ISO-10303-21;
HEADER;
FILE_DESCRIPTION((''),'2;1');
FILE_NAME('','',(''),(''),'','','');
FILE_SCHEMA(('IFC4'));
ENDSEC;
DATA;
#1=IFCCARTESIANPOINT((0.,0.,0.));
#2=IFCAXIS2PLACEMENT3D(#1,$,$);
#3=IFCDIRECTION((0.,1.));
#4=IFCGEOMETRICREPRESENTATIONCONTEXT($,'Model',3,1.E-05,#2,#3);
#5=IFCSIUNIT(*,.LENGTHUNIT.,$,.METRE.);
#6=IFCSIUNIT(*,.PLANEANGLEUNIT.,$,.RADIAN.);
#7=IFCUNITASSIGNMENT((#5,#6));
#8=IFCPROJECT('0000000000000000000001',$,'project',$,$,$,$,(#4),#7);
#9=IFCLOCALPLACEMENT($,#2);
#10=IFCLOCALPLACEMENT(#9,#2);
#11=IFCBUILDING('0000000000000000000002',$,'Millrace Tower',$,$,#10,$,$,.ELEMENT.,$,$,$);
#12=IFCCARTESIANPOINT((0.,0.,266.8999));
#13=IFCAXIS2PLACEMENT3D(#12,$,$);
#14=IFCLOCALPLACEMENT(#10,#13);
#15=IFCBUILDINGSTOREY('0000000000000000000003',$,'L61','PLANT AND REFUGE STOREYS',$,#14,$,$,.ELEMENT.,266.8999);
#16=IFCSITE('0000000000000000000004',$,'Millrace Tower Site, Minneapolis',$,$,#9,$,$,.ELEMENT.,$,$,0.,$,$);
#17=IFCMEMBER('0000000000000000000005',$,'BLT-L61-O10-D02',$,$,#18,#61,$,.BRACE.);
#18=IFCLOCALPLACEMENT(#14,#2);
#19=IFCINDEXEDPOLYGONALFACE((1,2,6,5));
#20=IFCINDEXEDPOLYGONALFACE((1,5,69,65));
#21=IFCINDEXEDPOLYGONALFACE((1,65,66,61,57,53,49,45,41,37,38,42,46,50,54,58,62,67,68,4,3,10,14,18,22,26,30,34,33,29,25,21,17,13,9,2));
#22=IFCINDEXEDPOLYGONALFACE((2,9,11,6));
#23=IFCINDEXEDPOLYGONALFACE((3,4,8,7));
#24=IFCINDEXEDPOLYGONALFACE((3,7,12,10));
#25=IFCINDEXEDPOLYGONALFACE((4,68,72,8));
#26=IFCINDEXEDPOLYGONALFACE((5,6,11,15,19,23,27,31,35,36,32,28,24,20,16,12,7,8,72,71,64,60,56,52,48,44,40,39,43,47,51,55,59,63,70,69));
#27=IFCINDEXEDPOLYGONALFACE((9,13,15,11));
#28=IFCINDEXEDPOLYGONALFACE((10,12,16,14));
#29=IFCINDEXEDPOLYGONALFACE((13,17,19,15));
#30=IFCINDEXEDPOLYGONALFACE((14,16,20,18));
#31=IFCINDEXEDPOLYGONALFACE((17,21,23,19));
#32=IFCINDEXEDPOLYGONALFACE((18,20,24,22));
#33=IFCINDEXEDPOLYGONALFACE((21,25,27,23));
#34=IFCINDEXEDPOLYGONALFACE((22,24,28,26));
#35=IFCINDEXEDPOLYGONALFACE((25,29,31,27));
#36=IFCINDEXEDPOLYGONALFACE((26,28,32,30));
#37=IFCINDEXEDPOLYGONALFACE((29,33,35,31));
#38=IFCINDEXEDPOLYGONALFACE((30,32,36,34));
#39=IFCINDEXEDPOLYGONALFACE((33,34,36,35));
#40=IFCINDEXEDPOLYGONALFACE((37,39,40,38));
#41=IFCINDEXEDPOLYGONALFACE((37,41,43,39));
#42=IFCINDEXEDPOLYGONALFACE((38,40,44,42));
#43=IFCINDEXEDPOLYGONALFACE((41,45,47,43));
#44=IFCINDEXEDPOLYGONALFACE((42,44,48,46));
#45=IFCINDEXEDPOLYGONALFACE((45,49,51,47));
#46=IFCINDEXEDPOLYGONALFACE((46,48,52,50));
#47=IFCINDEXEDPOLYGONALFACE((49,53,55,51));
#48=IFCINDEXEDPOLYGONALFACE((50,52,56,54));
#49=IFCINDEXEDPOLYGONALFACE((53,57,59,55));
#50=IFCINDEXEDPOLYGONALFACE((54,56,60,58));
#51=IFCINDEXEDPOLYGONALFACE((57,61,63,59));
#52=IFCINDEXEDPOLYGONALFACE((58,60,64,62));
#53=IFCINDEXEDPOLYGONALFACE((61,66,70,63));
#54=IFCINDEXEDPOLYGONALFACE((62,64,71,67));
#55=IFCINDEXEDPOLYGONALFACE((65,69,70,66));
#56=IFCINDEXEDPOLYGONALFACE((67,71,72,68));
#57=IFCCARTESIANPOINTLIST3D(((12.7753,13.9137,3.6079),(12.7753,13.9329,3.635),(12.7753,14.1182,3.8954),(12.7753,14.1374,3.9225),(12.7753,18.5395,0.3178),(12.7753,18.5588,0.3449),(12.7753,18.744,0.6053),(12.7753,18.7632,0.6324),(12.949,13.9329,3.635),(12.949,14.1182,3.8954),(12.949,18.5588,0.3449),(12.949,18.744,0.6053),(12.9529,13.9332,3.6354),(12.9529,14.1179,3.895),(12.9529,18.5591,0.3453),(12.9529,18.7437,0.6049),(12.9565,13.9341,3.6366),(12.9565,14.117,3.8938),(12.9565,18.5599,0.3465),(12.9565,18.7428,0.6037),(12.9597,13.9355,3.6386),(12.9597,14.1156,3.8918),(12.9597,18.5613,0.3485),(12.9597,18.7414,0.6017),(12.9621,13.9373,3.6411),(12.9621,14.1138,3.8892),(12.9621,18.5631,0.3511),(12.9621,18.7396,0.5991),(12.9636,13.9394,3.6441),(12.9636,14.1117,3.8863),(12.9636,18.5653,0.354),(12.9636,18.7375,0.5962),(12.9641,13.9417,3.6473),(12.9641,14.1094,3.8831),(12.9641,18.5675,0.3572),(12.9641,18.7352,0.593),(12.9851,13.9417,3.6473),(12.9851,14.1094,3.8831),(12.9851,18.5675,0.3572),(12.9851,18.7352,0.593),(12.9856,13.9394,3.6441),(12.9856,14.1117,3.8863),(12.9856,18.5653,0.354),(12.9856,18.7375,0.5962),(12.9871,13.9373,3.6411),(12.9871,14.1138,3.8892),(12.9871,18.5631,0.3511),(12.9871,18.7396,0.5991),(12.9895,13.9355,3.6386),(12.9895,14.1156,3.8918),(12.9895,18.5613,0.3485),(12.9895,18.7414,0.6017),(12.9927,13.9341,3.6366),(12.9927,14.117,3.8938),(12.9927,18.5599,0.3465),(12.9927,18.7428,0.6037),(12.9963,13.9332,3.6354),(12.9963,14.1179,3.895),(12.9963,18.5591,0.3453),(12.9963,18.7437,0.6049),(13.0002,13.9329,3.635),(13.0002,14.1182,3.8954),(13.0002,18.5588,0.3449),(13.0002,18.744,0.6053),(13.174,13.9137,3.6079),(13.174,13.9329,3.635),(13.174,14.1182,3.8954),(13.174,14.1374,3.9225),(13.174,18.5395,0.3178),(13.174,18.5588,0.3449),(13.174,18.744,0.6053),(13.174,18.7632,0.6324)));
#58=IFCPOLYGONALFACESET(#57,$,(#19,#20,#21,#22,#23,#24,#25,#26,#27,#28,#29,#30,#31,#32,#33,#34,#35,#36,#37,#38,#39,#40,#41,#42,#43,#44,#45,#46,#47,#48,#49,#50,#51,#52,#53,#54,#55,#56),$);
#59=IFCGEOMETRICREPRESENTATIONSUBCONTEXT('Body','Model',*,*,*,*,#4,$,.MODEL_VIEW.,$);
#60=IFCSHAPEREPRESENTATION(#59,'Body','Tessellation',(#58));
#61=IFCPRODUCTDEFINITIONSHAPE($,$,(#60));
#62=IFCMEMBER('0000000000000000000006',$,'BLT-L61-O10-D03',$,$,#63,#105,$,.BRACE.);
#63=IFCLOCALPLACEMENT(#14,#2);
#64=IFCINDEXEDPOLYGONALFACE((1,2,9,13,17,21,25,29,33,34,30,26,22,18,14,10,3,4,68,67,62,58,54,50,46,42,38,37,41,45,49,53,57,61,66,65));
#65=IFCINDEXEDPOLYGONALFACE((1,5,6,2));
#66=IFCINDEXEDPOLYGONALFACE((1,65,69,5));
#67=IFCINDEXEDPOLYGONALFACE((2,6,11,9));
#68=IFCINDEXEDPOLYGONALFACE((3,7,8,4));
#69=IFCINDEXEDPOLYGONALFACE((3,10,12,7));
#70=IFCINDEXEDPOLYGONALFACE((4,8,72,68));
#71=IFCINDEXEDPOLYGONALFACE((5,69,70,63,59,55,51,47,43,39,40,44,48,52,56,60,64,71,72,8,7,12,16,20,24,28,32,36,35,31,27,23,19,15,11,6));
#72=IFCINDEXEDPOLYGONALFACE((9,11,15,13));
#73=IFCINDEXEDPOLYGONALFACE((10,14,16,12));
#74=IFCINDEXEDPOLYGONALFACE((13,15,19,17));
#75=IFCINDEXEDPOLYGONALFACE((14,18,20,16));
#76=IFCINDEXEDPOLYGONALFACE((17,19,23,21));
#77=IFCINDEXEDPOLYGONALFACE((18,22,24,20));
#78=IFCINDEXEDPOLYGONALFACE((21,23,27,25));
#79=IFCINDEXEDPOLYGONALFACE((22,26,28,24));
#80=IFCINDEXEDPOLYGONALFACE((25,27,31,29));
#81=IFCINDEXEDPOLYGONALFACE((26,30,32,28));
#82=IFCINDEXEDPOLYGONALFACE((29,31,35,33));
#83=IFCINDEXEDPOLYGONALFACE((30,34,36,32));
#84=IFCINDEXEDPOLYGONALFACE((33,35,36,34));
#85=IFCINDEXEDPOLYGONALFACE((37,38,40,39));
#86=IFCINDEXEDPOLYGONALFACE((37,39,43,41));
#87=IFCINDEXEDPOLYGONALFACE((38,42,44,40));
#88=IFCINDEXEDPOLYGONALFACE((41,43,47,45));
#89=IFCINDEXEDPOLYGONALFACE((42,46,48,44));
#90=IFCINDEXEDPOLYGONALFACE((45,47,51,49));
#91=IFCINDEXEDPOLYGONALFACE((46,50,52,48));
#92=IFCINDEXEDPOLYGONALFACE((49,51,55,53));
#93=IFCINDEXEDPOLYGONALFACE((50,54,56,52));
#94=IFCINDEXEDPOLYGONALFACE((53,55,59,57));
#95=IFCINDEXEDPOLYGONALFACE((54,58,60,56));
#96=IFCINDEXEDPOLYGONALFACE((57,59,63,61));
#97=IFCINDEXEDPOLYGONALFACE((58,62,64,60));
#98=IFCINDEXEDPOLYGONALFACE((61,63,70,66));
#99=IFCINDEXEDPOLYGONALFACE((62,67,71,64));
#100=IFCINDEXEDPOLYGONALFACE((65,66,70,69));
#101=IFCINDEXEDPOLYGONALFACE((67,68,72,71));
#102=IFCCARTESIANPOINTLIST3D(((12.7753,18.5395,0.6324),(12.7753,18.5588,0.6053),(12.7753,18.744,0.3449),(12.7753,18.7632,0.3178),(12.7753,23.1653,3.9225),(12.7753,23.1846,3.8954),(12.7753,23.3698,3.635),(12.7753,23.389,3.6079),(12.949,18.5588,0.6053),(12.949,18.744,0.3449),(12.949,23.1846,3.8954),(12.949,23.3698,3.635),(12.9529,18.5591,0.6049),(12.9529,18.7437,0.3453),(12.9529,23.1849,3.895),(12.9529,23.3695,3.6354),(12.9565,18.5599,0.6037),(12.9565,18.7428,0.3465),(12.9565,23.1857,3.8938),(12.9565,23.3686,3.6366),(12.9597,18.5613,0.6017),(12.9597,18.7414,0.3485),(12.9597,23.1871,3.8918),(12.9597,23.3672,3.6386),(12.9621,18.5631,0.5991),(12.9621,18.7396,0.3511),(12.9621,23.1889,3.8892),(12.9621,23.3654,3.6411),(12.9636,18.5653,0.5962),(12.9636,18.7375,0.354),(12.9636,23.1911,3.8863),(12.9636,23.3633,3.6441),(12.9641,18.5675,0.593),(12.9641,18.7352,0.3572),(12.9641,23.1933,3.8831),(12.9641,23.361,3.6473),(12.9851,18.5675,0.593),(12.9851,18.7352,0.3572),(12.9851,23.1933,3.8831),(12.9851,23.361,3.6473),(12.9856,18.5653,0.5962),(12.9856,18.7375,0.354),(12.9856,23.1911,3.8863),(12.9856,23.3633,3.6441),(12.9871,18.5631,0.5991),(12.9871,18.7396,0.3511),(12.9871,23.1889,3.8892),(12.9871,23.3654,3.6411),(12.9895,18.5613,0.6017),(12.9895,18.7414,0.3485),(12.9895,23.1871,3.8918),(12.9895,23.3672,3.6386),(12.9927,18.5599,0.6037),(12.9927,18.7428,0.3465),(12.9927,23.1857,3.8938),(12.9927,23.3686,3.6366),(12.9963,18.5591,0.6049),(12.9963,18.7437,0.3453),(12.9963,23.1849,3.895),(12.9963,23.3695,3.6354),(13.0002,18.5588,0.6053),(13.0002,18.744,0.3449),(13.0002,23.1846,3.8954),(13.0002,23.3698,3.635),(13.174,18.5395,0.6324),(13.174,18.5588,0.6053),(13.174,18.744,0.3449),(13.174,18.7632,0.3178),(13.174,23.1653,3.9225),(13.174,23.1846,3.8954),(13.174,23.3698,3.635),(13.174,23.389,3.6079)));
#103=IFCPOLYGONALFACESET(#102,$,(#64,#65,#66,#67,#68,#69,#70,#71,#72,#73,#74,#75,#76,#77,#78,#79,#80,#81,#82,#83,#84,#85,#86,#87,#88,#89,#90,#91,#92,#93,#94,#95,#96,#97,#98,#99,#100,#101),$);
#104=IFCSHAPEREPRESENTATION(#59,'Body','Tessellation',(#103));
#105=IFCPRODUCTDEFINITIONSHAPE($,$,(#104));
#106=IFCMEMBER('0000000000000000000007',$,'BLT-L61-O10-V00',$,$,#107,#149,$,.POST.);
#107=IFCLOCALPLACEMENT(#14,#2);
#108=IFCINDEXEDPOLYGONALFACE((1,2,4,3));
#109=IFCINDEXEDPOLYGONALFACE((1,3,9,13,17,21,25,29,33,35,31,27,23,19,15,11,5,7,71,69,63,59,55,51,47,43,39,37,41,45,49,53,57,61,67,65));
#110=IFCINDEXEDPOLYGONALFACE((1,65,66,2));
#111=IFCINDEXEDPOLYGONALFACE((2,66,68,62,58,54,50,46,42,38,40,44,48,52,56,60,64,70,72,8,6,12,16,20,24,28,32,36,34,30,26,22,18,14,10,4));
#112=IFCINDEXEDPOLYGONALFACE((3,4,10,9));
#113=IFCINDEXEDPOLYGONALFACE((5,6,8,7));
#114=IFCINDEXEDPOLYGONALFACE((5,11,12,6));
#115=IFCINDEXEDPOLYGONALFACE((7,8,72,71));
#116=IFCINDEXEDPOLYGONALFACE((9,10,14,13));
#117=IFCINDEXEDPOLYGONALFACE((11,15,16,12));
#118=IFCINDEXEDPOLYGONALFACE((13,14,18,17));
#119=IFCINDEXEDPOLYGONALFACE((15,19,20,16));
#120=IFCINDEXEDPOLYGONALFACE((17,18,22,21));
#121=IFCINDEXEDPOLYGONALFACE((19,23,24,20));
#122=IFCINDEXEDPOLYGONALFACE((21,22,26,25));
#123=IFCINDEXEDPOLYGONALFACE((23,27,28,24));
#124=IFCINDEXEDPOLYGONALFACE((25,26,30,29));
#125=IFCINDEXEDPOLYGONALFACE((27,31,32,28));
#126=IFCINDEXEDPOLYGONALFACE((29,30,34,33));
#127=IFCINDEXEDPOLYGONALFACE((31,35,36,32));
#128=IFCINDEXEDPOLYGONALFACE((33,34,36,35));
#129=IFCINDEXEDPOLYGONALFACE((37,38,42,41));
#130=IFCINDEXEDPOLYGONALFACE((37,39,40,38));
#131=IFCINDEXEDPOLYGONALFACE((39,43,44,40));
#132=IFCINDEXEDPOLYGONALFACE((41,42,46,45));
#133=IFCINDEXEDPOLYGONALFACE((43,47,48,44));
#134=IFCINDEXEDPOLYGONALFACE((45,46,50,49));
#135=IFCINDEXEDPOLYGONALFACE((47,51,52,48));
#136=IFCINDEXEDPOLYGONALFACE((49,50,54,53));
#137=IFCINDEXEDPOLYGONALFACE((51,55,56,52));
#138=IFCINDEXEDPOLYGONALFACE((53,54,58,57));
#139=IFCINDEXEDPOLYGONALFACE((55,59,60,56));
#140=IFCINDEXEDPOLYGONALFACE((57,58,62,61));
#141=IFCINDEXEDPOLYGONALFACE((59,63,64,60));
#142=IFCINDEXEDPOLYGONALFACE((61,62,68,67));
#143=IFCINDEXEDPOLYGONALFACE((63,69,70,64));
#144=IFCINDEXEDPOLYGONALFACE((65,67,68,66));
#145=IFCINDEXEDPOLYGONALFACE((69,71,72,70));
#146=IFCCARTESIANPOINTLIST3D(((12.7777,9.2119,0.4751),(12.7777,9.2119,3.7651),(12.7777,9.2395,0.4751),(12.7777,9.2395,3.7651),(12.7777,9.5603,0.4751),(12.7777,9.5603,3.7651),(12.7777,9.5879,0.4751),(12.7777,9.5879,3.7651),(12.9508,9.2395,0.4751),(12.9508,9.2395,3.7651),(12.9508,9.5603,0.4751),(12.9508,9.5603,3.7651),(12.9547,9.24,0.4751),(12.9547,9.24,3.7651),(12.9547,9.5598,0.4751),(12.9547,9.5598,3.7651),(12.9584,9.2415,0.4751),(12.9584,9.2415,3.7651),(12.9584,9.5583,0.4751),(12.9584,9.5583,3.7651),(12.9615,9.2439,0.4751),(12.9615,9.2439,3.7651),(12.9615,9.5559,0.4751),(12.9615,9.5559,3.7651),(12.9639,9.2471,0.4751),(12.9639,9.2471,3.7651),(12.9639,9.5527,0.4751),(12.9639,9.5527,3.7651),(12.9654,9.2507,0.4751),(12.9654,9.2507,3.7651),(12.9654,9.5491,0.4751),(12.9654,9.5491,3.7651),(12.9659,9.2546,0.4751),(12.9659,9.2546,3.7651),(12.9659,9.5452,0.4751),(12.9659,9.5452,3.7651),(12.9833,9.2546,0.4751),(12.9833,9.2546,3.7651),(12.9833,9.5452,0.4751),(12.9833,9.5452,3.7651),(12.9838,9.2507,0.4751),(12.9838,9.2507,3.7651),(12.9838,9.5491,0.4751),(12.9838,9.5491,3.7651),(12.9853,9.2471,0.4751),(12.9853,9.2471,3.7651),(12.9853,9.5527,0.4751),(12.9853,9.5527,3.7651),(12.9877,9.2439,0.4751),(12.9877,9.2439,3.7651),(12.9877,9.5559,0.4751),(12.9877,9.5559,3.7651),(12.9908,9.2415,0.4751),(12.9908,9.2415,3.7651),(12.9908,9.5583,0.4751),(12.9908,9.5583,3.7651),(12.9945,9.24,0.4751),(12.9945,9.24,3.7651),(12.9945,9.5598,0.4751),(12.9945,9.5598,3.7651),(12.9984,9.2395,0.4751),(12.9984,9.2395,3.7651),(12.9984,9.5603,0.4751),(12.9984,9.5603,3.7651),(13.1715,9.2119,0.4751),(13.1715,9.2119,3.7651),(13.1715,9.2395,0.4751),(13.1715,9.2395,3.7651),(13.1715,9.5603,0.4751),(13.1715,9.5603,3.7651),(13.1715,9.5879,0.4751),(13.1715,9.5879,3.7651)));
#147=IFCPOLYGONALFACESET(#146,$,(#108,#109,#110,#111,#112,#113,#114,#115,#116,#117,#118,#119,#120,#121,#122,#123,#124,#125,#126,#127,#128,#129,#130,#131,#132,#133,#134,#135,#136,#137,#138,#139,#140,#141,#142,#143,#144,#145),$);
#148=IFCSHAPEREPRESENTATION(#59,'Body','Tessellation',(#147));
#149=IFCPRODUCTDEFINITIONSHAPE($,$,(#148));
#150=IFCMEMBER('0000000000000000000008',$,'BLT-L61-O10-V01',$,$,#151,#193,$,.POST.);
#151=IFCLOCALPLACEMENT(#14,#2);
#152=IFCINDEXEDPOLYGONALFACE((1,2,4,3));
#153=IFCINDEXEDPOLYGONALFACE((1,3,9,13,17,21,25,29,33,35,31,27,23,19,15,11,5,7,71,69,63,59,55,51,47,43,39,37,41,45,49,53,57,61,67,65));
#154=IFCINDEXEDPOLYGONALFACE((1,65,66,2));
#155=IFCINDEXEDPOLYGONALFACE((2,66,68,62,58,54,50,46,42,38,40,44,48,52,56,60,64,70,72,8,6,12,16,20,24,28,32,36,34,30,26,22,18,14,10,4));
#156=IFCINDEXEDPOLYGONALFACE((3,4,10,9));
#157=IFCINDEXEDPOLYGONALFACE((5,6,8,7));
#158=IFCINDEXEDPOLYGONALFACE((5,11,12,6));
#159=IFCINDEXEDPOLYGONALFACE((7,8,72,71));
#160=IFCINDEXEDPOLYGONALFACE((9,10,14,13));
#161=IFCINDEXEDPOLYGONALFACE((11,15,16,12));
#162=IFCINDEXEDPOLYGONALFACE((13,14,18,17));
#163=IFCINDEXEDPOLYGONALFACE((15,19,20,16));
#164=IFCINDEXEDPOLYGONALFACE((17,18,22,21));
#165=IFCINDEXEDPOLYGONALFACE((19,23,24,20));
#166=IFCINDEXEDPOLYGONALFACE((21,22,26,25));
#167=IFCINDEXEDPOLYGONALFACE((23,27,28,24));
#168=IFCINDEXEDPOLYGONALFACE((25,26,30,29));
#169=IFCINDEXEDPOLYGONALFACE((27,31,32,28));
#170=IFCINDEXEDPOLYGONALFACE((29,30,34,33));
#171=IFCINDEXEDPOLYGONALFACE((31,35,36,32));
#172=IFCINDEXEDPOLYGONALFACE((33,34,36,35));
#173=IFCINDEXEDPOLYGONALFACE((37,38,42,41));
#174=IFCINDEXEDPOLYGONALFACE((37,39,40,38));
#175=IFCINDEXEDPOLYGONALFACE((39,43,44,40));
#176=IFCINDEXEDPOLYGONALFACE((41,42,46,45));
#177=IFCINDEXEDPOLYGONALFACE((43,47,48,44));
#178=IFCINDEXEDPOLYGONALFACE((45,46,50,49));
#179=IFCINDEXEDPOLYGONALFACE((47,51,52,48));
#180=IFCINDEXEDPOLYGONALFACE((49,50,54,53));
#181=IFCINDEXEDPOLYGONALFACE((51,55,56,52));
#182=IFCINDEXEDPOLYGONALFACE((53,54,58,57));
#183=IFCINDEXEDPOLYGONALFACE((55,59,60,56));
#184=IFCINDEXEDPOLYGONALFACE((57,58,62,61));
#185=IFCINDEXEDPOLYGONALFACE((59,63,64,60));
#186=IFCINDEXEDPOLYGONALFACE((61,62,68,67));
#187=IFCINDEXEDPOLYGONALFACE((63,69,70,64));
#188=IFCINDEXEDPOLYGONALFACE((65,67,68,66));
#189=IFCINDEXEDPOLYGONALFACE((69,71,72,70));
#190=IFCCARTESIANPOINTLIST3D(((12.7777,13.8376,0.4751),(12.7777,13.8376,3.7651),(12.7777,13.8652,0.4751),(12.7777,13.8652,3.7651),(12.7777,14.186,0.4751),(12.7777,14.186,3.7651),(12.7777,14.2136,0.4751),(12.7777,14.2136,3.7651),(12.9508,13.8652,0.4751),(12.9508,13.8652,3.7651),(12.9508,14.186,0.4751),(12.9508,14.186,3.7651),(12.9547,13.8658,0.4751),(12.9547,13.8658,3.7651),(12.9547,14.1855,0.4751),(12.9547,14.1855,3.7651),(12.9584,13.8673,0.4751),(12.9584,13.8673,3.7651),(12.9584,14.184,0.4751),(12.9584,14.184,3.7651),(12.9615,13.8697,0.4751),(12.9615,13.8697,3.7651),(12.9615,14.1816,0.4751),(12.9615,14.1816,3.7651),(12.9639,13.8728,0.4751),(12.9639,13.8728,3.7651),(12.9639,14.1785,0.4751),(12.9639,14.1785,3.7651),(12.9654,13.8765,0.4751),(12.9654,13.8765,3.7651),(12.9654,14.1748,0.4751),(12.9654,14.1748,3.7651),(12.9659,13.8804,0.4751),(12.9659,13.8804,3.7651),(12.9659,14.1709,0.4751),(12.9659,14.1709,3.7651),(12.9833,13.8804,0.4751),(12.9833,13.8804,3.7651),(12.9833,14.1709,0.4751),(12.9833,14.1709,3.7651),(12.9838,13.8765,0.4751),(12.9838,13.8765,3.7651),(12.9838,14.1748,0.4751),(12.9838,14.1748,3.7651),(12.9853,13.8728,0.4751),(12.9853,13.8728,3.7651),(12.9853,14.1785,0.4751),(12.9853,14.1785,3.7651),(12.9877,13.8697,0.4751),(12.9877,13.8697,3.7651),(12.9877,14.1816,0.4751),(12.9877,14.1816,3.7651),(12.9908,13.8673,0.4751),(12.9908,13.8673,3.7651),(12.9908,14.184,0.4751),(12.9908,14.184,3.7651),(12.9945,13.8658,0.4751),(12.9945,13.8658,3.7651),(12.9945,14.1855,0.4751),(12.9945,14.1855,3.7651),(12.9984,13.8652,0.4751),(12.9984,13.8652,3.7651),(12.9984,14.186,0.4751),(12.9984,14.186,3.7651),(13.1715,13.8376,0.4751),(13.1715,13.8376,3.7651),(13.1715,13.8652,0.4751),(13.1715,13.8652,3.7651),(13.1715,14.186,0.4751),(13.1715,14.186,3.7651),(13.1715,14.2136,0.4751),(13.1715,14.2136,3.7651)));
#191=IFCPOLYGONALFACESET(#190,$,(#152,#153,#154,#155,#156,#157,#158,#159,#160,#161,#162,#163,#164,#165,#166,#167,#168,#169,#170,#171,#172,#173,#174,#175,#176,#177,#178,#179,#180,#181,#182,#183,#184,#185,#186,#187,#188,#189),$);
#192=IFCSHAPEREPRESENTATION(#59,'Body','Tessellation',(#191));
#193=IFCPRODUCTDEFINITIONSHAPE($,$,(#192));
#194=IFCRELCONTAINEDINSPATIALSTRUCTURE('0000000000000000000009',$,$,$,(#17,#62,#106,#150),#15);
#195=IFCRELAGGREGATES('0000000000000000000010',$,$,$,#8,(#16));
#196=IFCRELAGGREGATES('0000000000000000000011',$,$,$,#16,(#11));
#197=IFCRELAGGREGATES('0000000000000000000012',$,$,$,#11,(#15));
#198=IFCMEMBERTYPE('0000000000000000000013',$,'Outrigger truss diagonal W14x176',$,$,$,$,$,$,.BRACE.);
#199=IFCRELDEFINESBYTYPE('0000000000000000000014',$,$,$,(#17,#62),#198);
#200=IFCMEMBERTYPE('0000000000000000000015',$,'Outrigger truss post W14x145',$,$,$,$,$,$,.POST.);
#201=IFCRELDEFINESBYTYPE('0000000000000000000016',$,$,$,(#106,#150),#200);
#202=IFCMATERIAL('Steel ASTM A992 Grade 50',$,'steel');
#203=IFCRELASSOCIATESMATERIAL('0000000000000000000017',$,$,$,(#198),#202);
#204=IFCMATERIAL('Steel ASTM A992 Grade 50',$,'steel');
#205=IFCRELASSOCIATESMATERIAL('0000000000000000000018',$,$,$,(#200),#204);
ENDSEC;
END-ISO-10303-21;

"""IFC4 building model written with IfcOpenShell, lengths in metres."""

from ifc_helpers import new_model, si_unit, direction, frame, origin, origin_2d, place, context, subcontext, project, spatial, i_section, extrude, material, material_profile, profile_set, type_object, element, save


model = new_model("IFC4")

# Units and contexts
model_context = context("Model", 3, precision=1e-05, world=origin(), true_north=direction((0.0, 1.0)))
body_context = subcontext(model_context, "Body", "Model", "MODEL_VIEW")
ifc_project = project(units=[si_unit("LENGTHUNIT", "METRE"), si_unit("PLANEANGLEUNIT", "RADIAN")], contexts=[model_context])

# Site, building, storey
site_placement = place(None, origin())
site = spatial("IfcSite", under=ifc_project, at=site_placement, Name="Millrace Tower Site, Minneapolis", CompositionType="ELEMENT", RefElevation=0.0)
building_placement = place(site_placement, origin())
building = spatial("IfcBuilding", under=site, at=building_placement, Name="Millrace Tower", CompositionType="ELEMENT")
storey_placement = place(building_placement, frame((0.0, 0.0, 266.8999)))
storey = spatial("IfcBuildingStorey", under=building, at=storey_placement, Name="L61", Description="PLANT AND REFUGE STOREYS", CompositionType="ELEMENT", Elevation=266.8999)

# Members
ifc_material_1 = material(Name="Steel ASTM A992 Grade 50", Category="steel")
ifc_material_profile_1 = material_profile(ifc_material_1, i_section(OverallWidth=0.3987, OverallDepth=0.386, WebThickness=0.021, FlangeThickness=0.0332, FilletRadius=0.0151, at=origin_2d()))
ifc_profile_set_1 = profile_set([ifc_material_profile_1], Name="Steel ASTM A992 Grade 50")
member_type_1 = type_object("IfcMemberType", Name="Outrigger truss diagonal W14x176", PredefinedType="BRACE", material=ifc_profile_set_1)
for number, where, z_axis, x_axis, name in (
    (1, (12.9746, 18.6514, 0.4751), (0.0, -0.814903, 0.579597), (1.0, 0.0, 0.0), "BLT-L61-O10-D02"),
    (2, (12.9746, 18.6514, 0.4751), (0.0, 0.814903, 0.579597), (-1.0, 0.0, 0.0), "BLT-L61-O10-D03"),
):
    element("IfcMember", number, at=place(storey_placement, frame(where, z_axis=z_axis, x_axis=x_axis)), inside=storey, type_object=member_type_1, Name=name, PredefinedType="BRACE", context=body_context, shape_type="SweptSolid", body=[
        extrude(i_section(OverallWidth=0.3987, OverallDepth=0.386, WebThickness=0.021, FlangeThickness=0.0332, FilletRadius=0.0151, at=origin_2d()), origin(), (0.0, 0.0, 1.0), 5.6765),
    ])
ifc_material_2 = material(Name="Steel ASTM A992 Grade 50", Category="steel")
ifc_material_profile_2 = material_profile(ifc_material_2, i_section(OverallWidth=0.3938, OverallDepth=0.376, WebThickness=0.0173, FlangeThickness=0.0276, FilletRadius=0.0151, at=origin_2d()))
ifc_profile_set_2 = profile_set([ifc_material_profile_2], Name="Steel ASTM A992 Grade 50")
member_type_2 = type_object("IfcMemberType", Name="Outrigger truss post W14x145", PredefinedType="POST", material=ifc_profile_set_2)
for number, where, z_axis, x_axis, name in (
    (3, (12.9746, 9.3999, 0.4751), (0.0, 0.0, 1.0), (1.0, 0.0, 0.0), "BLT-L61-O10-V00"),
    (4, (12.9746, 14.0256, 0.4751), (0.0, 0.0, 1.0), (1.0, 0.0, 0.0), "BLT-L61-O10-V01"),
):
    element("IfcMember", number, at=place(storey_placement, frame(where, z_axis=z_axis, x_axis=x_axis)), inside=storey, type_object=member_type_2, Name=name, PredefinedType="POST", context=body_context, shape_type="SweptSolid", body=[
        extrude(i_section(OverallWidth=0.3938, OverallDepth=0.376, WebThickness=0.0173, FlangeThickness=0.0276, FilletRadius=0.0151, at=origin_2d()), origin(), (0.0, 0.0, 1.0), 3.29),
    ])

save(model, "model.ifc")
